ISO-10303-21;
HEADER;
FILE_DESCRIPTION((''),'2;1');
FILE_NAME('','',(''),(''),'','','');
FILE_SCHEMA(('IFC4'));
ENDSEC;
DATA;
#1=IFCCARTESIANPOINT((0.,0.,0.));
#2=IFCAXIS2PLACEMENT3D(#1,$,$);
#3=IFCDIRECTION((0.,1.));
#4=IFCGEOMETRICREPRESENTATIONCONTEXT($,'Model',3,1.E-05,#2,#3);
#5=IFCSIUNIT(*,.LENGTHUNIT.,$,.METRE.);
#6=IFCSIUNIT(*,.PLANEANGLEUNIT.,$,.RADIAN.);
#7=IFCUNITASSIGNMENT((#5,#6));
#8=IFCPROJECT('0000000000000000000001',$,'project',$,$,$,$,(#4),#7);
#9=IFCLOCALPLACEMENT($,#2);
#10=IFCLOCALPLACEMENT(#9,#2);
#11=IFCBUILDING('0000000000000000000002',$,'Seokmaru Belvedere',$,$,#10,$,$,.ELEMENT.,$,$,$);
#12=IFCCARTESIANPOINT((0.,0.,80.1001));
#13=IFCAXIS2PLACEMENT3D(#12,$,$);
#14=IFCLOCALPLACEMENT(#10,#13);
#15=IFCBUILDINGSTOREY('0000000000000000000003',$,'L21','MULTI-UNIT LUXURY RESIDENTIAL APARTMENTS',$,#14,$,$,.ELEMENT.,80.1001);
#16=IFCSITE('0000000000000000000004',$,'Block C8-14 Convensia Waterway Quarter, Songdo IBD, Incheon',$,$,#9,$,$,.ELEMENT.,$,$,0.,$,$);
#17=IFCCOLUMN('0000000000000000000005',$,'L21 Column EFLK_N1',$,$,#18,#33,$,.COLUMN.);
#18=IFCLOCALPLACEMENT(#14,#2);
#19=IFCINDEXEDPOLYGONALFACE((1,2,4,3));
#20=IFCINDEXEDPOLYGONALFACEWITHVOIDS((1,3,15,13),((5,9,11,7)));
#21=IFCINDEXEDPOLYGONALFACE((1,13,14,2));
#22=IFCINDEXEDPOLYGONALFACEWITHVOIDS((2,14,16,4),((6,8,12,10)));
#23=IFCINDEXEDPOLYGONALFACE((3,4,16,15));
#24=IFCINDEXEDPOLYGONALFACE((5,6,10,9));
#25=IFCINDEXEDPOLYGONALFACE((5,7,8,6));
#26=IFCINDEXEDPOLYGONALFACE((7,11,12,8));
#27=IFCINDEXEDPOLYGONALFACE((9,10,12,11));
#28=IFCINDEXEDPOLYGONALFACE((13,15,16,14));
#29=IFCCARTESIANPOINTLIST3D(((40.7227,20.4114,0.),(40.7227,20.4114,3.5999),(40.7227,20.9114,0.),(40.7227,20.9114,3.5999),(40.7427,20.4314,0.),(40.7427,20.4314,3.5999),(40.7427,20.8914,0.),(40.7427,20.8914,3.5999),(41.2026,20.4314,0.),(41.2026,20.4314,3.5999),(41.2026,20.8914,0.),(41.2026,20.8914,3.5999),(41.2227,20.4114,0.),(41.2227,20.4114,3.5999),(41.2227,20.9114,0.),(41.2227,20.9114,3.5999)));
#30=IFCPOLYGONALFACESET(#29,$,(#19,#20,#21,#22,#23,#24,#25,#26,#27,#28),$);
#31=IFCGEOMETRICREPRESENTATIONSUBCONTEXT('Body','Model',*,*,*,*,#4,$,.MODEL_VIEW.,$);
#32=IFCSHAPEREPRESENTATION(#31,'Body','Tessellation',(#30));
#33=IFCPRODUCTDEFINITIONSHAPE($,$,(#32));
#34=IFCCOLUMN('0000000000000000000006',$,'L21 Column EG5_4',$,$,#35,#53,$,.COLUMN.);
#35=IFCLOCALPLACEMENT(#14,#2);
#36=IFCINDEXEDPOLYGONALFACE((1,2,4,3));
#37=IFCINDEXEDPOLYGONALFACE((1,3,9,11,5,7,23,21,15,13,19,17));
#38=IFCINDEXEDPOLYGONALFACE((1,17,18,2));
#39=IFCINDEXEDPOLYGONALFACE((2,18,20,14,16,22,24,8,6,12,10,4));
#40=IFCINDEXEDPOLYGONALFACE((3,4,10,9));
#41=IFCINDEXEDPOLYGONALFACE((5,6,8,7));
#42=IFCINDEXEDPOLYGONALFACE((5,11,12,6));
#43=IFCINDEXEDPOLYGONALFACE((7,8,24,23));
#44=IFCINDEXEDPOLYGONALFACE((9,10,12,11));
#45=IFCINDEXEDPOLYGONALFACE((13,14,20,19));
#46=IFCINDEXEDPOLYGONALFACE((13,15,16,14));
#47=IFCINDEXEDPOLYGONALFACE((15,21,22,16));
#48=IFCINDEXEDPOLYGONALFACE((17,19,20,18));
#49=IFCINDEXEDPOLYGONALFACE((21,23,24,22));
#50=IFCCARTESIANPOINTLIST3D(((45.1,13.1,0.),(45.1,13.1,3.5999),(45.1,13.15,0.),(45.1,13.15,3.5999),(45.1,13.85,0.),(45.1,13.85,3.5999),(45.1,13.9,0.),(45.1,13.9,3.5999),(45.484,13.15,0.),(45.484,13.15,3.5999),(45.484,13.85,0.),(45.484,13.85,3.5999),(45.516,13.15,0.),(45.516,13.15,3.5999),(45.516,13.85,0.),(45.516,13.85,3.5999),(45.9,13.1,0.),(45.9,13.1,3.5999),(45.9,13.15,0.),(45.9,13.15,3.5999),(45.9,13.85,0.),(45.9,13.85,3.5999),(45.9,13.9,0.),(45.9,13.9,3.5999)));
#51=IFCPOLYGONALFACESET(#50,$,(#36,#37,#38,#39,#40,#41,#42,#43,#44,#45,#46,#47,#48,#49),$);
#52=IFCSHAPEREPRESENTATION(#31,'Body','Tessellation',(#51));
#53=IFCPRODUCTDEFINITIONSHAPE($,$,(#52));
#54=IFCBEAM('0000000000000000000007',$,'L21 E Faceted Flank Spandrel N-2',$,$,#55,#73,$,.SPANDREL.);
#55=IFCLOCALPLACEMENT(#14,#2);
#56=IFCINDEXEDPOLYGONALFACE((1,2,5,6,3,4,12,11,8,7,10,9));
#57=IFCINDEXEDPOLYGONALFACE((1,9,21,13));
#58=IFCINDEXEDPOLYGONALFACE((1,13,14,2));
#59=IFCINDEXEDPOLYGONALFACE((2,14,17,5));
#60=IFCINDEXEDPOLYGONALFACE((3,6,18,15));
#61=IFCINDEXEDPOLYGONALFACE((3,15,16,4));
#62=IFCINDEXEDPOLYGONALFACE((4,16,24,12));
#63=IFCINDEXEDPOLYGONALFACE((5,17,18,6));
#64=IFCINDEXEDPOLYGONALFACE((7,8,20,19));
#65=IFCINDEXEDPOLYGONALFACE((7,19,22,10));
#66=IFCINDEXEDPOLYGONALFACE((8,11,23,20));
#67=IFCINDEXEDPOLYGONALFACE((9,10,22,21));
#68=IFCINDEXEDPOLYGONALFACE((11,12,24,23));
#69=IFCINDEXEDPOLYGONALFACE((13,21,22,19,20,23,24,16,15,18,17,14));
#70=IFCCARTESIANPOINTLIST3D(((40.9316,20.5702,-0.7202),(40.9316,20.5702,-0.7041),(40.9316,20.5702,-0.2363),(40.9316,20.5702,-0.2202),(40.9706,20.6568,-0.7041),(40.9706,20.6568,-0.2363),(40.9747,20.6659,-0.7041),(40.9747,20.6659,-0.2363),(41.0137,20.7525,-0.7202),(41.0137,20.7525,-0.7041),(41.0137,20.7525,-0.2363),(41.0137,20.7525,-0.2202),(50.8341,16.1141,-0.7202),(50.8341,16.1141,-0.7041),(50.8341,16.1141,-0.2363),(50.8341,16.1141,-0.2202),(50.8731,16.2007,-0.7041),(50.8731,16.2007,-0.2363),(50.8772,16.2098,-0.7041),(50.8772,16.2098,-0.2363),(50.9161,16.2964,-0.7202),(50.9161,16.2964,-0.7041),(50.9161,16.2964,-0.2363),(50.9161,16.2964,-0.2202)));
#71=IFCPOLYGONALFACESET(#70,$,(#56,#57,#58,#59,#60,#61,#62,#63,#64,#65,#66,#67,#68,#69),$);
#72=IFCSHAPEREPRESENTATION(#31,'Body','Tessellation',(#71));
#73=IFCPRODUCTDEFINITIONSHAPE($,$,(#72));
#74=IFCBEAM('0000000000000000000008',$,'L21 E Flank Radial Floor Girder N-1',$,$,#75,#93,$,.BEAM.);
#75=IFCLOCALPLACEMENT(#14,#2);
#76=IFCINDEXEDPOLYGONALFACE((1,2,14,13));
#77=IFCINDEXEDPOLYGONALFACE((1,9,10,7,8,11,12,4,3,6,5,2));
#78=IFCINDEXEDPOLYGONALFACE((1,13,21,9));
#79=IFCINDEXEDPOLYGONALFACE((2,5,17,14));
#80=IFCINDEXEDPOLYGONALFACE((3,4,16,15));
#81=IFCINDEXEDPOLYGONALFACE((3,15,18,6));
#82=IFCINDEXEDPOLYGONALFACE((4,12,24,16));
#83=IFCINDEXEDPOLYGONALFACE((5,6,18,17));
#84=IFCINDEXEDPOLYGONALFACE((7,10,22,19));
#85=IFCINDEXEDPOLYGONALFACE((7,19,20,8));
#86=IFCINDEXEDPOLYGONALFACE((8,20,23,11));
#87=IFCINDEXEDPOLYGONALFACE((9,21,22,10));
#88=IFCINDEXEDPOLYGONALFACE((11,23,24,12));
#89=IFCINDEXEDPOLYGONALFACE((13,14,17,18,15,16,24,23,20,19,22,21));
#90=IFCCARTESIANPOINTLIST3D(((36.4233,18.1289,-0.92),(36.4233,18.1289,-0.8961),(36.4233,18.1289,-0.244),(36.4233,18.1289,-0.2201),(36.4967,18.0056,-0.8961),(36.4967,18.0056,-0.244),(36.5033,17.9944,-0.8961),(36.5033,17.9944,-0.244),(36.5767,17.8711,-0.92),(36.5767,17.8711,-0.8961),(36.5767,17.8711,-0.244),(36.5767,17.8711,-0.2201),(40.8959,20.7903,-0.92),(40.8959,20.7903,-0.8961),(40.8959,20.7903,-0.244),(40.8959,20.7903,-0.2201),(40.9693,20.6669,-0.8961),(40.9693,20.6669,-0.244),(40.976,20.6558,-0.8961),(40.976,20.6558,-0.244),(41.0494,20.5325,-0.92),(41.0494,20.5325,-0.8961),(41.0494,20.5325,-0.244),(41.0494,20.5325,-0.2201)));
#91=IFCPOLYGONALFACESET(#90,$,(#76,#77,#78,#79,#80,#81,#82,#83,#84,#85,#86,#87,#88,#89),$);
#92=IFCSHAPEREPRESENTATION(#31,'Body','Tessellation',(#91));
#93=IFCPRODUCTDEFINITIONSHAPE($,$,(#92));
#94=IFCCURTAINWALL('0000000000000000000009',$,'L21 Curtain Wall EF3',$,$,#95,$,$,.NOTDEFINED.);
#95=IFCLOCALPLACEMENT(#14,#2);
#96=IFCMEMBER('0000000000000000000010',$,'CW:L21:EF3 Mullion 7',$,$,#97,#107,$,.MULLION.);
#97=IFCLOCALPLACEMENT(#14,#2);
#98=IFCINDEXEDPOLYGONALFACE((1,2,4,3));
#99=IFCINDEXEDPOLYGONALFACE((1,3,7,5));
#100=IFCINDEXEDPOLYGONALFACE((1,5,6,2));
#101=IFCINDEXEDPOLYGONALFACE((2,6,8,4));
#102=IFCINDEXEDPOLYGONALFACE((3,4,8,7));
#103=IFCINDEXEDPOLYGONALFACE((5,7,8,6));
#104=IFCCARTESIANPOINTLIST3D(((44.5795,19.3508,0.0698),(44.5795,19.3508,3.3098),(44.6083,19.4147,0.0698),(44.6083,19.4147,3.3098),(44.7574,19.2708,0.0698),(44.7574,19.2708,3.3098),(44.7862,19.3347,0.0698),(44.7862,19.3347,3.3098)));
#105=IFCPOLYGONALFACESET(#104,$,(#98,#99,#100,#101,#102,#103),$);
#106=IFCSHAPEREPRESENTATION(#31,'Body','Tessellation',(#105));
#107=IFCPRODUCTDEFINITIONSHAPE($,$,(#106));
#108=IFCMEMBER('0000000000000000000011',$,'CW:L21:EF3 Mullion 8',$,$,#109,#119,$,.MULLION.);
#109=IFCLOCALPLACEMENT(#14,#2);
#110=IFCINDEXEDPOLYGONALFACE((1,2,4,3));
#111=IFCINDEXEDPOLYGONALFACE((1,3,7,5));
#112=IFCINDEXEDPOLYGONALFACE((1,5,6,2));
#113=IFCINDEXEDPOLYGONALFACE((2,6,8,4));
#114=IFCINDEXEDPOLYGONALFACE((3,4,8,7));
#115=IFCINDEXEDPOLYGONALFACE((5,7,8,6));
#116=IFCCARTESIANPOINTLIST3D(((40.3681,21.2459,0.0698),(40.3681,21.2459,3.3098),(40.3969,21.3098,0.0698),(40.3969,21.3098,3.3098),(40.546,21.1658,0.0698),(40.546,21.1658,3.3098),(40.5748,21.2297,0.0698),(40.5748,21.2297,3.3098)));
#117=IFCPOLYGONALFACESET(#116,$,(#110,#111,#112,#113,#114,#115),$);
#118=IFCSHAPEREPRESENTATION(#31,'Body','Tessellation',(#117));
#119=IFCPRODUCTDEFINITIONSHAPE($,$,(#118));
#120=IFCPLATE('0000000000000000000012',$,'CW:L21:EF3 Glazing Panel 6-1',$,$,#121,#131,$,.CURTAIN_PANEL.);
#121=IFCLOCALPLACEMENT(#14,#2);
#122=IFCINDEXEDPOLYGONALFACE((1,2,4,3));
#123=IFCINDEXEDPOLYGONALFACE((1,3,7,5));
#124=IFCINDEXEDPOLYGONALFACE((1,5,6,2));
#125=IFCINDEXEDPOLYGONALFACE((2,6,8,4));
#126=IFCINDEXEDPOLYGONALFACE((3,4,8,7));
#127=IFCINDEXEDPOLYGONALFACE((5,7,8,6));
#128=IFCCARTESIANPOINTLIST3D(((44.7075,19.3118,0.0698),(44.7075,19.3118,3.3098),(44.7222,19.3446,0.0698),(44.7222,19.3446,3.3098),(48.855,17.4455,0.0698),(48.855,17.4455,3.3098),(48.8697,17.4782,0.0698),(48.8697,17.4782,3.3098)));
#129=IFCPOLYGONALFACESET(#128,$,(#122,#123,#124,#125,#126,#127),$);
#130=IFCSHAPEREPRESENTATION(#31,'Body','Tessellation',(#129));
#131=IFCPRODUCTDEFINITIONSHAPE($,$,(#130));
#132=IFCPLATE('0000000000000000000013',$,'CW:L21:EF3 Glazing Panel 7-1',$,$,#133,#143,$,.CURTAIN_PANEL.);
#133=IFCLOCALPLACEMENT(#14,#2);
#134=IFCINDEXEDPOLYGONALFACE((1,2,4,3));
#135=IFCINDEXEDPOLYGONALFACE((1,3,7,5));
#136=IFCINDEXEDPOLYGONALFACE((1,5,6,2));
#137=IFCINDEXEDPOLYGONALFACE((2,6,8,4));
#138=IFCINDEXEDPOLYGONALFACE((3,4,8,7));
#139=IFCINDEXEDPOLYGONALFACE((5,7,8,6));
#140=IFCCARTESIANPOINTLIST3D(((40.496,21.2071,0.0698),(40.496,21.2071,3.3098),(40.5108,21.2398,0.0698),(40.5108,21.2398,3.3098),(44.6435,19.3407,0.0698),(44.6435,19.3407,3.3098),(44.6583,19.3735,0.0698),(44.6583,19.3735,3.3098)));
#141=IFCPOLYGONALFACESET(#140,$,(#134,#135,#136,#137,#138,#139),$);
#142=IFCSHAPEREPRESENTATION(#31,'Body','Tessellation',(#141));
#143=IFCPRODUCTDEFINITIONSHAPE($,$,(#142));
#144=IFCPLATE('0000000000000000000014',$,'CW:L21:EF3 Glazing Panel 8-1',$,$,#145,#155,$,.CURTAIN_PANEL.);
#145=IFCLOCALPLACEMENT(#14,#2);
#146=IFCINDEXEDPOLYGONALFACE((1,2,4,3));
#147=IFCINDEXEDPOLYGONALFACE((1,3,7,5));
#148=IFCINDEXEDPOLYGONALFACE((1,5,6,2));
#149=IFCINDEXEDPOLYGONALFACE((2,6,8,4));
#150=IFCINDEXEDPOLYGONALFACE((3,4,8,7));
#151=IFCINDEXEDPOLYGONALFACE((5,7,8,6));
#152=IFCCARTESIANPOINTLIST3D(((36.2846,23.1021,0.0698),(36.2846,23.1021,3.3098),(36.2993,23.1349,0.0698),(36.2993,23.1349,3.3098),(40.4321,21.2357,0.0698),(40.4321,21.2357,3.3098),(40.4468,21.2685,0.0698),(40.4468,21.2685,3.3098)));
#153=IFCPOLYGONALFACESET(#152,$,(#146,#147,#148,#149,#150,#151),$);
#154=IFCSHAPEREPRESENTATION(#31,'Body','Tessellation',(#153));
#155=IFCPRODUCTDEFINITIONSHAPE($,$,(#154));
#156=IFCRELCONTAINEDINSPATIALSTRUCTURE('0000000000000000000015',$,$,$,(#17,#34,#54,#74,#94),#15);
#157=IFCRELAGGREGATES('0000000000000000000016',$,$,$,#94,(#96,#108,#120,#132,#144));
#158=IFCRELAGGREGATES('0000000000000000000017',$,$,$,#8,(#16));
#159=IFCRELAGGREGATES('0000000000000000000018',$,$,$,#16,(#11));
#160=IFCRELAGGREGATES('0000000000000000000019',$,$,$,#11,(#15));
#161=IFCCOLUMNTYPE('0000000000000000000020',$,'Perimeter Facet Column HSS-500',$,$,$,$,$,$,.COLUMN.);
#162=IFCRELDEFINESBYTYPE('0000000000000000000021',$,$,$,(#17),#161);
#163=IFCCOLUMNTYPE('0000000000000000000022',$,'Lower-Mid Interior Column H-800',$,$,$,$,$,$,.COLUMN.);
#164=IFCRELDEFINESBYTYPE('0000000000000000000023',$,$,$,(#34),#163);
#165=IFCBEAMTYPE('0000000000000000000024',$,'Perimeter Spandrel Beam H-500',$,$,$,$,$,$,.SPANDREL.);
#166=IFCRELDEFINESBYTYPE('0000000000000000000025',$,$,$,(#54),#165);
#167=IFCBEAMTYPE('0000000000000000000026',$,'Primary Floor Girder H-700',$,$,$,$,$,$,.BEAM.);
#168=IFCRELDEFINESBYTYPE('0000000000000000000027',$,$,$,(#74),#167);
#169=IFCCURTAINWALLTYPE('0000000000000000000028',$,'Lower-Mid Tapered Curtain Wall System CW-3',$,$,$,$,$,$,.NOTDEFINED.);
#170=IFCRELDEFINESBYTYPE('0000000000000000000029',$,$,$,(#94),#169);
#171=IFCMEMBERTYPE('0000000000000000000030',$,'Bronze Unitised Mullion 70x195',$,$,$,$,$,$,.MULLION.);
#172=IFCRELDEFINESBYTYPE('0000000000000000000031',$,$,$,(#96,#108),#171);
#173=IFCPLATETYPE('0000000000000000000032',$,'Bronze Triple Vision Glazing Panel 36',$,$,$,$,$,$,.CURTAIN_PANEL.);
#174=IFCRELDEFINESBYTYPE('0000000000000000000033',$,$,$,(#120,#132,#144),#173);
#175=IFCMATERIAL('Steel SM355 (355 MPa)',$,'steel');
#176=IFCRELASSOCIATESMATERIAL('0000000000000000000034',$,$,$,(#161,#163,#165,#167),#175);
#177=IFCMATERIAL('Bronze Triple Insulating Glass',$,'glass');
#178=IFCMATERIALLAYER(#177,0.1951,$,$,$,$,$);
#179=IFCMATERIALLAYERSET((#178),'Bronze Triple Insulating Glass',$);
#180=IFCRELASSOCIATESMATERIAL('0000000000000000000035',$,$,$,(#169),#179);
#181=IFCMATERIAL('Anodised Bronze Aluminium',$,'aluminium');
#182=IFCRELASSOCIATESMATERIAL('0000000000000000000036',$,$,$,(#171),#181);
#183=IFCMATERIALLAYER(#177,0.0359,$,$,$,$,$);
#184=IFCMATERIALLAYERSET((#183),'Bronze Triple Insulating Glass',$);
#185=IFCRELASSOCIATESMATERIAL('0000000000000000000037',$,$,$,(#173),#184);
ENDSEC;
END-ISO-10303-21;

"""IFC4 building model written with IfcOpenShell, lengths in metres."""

from ifc_helpers import new_model, si_unit, direction, frame, origin, origin_2d, place, context, subcontext, project, spatial, rectangle, hollow_rectangle, i_section, extrude, source, transform, mapped, material, layer, layer_set, material_profile, profile_set, type_object, type_shapes, element, aggregate, save


model = new_model("IFC4")

# Units and contexts
model_context = context("Model", 3, precision=1e-05, world=origin(), true_north=direction((0.0, 1.0)))
body_context = subcontext(model_context, "Body", "Model", "MODEL_VIEW")
ifc_project = project(units=[si_unit("LENGTHUNIT", "METRE"), si_unit("PLANEANGLEUNIT", "RADIAN")], contexts=[model_context])

# Site, building, storey
site_placement = place(None, origin())
site = spatial("IfcSite", under=ifc_project, at=site_placement, Name="Block C8-14 Convensia Waterway Quarter, Songdo IBD, Incheon", CompositionType="ELEMENT", RefElevation=0.0)
building_placement = place(site_placement, origin())
building = spatial("IfcBuilding", under=site, at=building_placement, Name="Seokmaru Belvedere", CompositionType="ELEMENT")
storey_placement = place(building_placement, frame((0.0, 0.0, 80.1001)))
storey = spatial("IfcBuildingStorey", under=building, at=storey_placement, Name="L21", Description="MULTI-UNIT LUXURY RESIDENTIAL APARTMENTS", CompositionType="ELEMENT", Elevation=80.1001)

# Columns
ifc_material_1 = material(Name="Steel SM355 (355 MPa)", Category="steel")
ifc_material_profile_1 = material_profile(ifc_material_1, hollow_rectangle(XDim=0.5, YDim=0.5, WallThickness=0.02, at=origin_2d()), Name="HSS-500x500x20")
ifc_profile_set_1 = profile_set([ifc_material_profile_1], Name="Steel SM355 (355 MPa)")
column_type_1 = type_object("IfcColumnType", Name="Perimeter Facet Column HSS-500", PredefinedType="COLUMN", material=ifc_profile_set_1)
shared_shape_1 = source(origin(), body_context, "Body", "SweptSolid", [
    extrude(hollow_rectangle(XDim=0.5, YDim=0.5, WallThickness=0.02, at=origin_2d()), origin(), (0.0, 0.0, 1.0), 3.5999),
])
type_shapes(column_type_1, [shared_shape_1])
column_1_placement = place(storey_placement, frame((40.9727, 20.6614, 0.0), z_axis=(0.0, 0.0, 1.0), x_axis=(1.0, 0.0, 0.0)))
element("IfcColumn", 1, at=column_1_placement, inside=storey, type_object=column_type_1, Name="L21 Column EFLK_N1", PredefinedType="COLUMN", context=body_context, shape_type="MappedRepresentation", body=[
    mapped(shared_shape_1, transform((0.0, 0.0, 0.0), scale=1.0)),
])
ifc_material_profile_2 = material_profile(ifc_material_1, i_section(OverallWidth=0.8, OverallDepth=0.8, WebThickness=0.032, FlangeThickness=0.05, at=origin_2d()), Name="H-800x800x32x50")
ifc_profile_set_2 = profile_set([ifc_material_profile_2], Name="Steel SM355 (355 MPa)")
column_type_2 = type_object("IfcColumnType", Name="Lower-Mid Interior Column H-800", PredefinedType="COLUMN", material=ifc_profile_set_2)
shared_shape_2 = source(origin(), body_context, "Body", "SweptSolid", [
    extrude(i_section(OverallWidth=0.8, OverallDepth=0.8, WebThickness=0.032, FlangeThickness=0.05, at=origin_2d()), origin(), (0.0, 0.0, 1.0), 3.5999),
])
type_shapes(column_type_2, [shared_shape_2])
column_2_placement = place(storey_placement, frame((45.5, 13.5, 0.0), z_axis=(0.0, 0.0, 1.0), x_axis=(1.0, 0.0, 0.0)))
element("IfcColumn", 2, at=column_2_placement, inside=storey, type_object=column_type_2, Name="L21 Column EG5_4", PredefinedType="COLUMN", context=body_context, shape_type="MappedRepresentation", body=[
    mapped(shared_shape_2, transform((0.0, 0.0, 0.0), scale=1.0)),
])

# Beams
ifc_material_profile_3 = material_profile(ifc_material_1, i_section(OverallWidth=0.2, OverallDepth=0.5, WebThickness=0.01, FlangeThickness=0.0161, at=origin_2d()), Name="H-500x200x10x16")
ifc_profile_set_3 = profile_set([ifc_material_profile_3], Name="Steel SM355 (355 MPa)")
beam_type_1 = type_object("IfcBeamType", Name="Perimeter Spandrel Beam H-500", PredefinedType="SPANDREL", material=ifc_profile_set_3)
shared_shape_3 = source(origin(), body_context, "Body", "SweptSolid", [
    extrude(i_section(OverallWidth=0.2, OverallDepth=0.5, WebThickness=0.01, FlangeThickness=0.0161, at=origin_2d()), origin(), (0.0, 0.0, 1.0), 10.8589),
])
type_shapes(beam_type_1, [shared_shape_3])
beam_1_placement = place(storey_placement, frame((40.9727, 20.6614, -0.4702), z_axis=(0.911922, -0.410365, 0.0), x_axis=(0.410365, 0.911922, 0.0)))
element("IfcBeam", 3, at=beam_1_placement, inside=storey, type_object=beam_type_1, Name="L21 E Faceted Flank Spandrel N-2", PredefinedType="SPANDREL", context=body_context, shape_type="MappedRepresentation", body=[
    mapped(shared_shape_3, transform((0.0, 0.0, 0.0), scale=1.0)),
])
ifc_material_profile_4 = material_profile(ifc_material_1, i_section(OverallWidth=0.3, OverallDepth=0.7, WebThickness=0.0129, FlangeThickness=0.0239, at=origin_2d()), Name="H-700x300x13x24")
ifc_profile_set_4 = profile_set([ifc_material_profile_4], Name="Steel SM355 (355 MPa)")
beam_type_2 = type_object("IfcBeamType", Name="Primary Floor Girder H-700", PredefinedType="BEAM", material=ifc_profile_set_4)
shared_shape_4 = source(origin(), body_context, "Body", "SweptSolid", [
    extrude(i_section(OverallWidth=0.3, OverallDepth=0.7, WebThickness=0.0129, FlangeThickness=0.0239, at=origin_2d()), origin(), (0.0, 0.0, 1.0), 5.2046),
])
type_shapes(beam_type_2, [shared_shape_4])
beam_2_placement = place(storey_placement, frame((40.9727, 20.6614, -0.5701), z_axis=(-0.85937, -0.511354, 0.0), x_axis=(0.511354, -0.85937, 0.0)))
element("IfcBeam", 4, at=beam_2_placement, inside=storey, type_object=beam_type_2, Name="L21 E Flank Radial Floor Girder N-1", PredefinedType="BEAM", context=body_context, shape_type="MappedRepresentation", body=[
    mapped(shared_shape_4, transform((0.0, 0.0, 0.0), scale=1.0)),
])

# Curtain wall, members, plates
ifc_material_2 = material(Name="Bronze Triple Insulating Glass", Category="glass")
ifc_layer_1 = layer(ifc_material_2, 0.1951)
ifc_layer_set_1 = layer_set([ifc_layer_1], Name="Bronze Triple Insulating Glass")
curtain_wall_type = type_object("IfcCurtainWallType", Name="Lower-Mid Tapered Curtain Wall System CW-3", PredefinedType="NOTDEFINED", material=ifc_layer_set_1)
curtain_wall_placement = place(storey_placement, origin())
curtain_wall = element("IfcCurtainWall", 5, at=curtain_wall_placement, inside=storey, type_object=curtain_wall_type, Name="L21 Curtain Wall EF3", PredefinedType="NOTDEFINED")
ifc_material_3 = material(Name="Anodised Bronze Aluminium", Category="aluminium")
ifc_material_profile_5 = material_profile(ifc_material_3, rectangle(XDim=0.0701, YDim=0.1951, at=origin_2d()), Name="CW-M-70x195")
ifc_profile_set_5 = profile_set([ifc_material_profile_5], Name="Anodised Bronze Aluminium")
member_type = type_object("IfcMemberType", Name="Bronze Unitised Mullion 70x195", PredefinedType="MULLION", material=ifc_profile_set_5)
shared_shape_5 = source(origin(), body_context, "Body", "SweptSolid", [
    extrude(rectangle(XDim=0.0701, YDim=0.1951, at=origin_2d()), origin(), (0.0, 0.0, 1.0), 3.24),
])
type_shapes(member_type, [shared_shape_5])
member_1_placement = place(storey_placement, frame((44.6829, 19.3428, 0.0698), z_axis=(0.0, 0.0, 1.0), x_axis=(-0.410366, -0.911921, 0.0)))
member_1 = element("IfcMember", 6, at=member_1_placement, type_object=member_type, Name="CW:L21:EF3 Mullion 7", PredefinedType="MULLION", context=body_context, shape_type="MappedRepresentation", body=[
    mapped(shared_shape_5, transform((0.0, 0.0, 0.0), scale=1.0)),
])
member_2_placement = place(storey_placement, frame((40.4714, 21.2378, 0.0698), z_axis=(0.0, 0.0, 1.0), x_axis=(-0.410366, -0.911921, 0.0)))
member_2 = element("IfcMember", 7, at=member_2_placement, type_object=member_type, Name="CW:L21:EF3 Mullion 8", PredefinedType="MULLION", context=body_context, shape_type="MappedRepresentation", body=[
    mapped(shared_shape_5, transform((0.0, 0.0, 0.0), scale=1.0)),
])
ifc_layer_2 = layer(ifc_material_2, 0.0359)
ifc_layer_set_2 = layer_set([ifc_layer_2], Name="Bronze Triple Insulating Glass")
plate_type = type_object("IfcPlateType", Name="Bronze Triple Vision Glazing Panel 36", PredefinedType="CURTAIN_PANEL", material=ifc_layer_set_2)
shared_shape_6 = source(origin(), body_context, "Body", "SweptSolid", [
    extrude(rectangle(XDim=4.5481, YDim=0.0359, at=origin_2d()), origin(), (0.0, 0.0, 1.0), 3.24),
])
type_shapes(plate_type, [shared_shape_6])
plate_1_placement = place(storey_placement, frame((46.7886, 18.395, 0.0698), z_axis=(0.0, 0.0, 1.0), x_axis=(-0.911921, 0.410366, 0.0)))
plate_1 = element("IfcPlate", 8, at=plate_1_placement, type_object=plate_type, Name="CW:L21:EF3 Glazing Panel 6-1", PredefinedType="CURTAIN_PANEL", context=body_context, shape_type="MappedRepresentation", body=[
    mapped(shared_shape_6, transform((0.0, 0.0, 0.0), scale=1.0)),
])
plate_2_placement = place(storey_placement, frame((42.5771, 20.2903, 0.0698), z_axis=(0.0, 0.0, 1.0), x_axis=(-0.911921, 0.410366, 0.0)))
plate_2 = element("IfcPlate", 9, at=plate_2_placement, type_object=plate_type, Name="CW:L21:EF3 Glazing Panel 7-1", PredefinedType="CURTAIN_PANEL", context=body_context, shape_type="MappedRepresentation", body=[
    mapped(shared_shape_6, transform((0.0, 0.0, 0.0), scale=1.0)),
])
plate_3_placement = place(storey_placement, frame((38.3657, 22.1853, 0.0698), z_axis=(0.0, 0.0, 1.0), x_axis=(-0.911921, 0.410366, 0.0)))
plate_3 = element("IfcPlate", 10, at=plate_3_placement, type_object=plate_type, Name="CW:L21:EF3 Glazing Panel 8-1", PredefinedType="CURTAIN_PANEL", context=body_context, shape_type="MappedRepresentation", body=[
    mapped(shared_shape_6, transform((0.0, 0.0, 0.0), scale=1.0)),
])
aggregate(curtain_wall, [member_1, member_2, plate_1, plate_2, plate_3])

save(model, "model.ifc")
